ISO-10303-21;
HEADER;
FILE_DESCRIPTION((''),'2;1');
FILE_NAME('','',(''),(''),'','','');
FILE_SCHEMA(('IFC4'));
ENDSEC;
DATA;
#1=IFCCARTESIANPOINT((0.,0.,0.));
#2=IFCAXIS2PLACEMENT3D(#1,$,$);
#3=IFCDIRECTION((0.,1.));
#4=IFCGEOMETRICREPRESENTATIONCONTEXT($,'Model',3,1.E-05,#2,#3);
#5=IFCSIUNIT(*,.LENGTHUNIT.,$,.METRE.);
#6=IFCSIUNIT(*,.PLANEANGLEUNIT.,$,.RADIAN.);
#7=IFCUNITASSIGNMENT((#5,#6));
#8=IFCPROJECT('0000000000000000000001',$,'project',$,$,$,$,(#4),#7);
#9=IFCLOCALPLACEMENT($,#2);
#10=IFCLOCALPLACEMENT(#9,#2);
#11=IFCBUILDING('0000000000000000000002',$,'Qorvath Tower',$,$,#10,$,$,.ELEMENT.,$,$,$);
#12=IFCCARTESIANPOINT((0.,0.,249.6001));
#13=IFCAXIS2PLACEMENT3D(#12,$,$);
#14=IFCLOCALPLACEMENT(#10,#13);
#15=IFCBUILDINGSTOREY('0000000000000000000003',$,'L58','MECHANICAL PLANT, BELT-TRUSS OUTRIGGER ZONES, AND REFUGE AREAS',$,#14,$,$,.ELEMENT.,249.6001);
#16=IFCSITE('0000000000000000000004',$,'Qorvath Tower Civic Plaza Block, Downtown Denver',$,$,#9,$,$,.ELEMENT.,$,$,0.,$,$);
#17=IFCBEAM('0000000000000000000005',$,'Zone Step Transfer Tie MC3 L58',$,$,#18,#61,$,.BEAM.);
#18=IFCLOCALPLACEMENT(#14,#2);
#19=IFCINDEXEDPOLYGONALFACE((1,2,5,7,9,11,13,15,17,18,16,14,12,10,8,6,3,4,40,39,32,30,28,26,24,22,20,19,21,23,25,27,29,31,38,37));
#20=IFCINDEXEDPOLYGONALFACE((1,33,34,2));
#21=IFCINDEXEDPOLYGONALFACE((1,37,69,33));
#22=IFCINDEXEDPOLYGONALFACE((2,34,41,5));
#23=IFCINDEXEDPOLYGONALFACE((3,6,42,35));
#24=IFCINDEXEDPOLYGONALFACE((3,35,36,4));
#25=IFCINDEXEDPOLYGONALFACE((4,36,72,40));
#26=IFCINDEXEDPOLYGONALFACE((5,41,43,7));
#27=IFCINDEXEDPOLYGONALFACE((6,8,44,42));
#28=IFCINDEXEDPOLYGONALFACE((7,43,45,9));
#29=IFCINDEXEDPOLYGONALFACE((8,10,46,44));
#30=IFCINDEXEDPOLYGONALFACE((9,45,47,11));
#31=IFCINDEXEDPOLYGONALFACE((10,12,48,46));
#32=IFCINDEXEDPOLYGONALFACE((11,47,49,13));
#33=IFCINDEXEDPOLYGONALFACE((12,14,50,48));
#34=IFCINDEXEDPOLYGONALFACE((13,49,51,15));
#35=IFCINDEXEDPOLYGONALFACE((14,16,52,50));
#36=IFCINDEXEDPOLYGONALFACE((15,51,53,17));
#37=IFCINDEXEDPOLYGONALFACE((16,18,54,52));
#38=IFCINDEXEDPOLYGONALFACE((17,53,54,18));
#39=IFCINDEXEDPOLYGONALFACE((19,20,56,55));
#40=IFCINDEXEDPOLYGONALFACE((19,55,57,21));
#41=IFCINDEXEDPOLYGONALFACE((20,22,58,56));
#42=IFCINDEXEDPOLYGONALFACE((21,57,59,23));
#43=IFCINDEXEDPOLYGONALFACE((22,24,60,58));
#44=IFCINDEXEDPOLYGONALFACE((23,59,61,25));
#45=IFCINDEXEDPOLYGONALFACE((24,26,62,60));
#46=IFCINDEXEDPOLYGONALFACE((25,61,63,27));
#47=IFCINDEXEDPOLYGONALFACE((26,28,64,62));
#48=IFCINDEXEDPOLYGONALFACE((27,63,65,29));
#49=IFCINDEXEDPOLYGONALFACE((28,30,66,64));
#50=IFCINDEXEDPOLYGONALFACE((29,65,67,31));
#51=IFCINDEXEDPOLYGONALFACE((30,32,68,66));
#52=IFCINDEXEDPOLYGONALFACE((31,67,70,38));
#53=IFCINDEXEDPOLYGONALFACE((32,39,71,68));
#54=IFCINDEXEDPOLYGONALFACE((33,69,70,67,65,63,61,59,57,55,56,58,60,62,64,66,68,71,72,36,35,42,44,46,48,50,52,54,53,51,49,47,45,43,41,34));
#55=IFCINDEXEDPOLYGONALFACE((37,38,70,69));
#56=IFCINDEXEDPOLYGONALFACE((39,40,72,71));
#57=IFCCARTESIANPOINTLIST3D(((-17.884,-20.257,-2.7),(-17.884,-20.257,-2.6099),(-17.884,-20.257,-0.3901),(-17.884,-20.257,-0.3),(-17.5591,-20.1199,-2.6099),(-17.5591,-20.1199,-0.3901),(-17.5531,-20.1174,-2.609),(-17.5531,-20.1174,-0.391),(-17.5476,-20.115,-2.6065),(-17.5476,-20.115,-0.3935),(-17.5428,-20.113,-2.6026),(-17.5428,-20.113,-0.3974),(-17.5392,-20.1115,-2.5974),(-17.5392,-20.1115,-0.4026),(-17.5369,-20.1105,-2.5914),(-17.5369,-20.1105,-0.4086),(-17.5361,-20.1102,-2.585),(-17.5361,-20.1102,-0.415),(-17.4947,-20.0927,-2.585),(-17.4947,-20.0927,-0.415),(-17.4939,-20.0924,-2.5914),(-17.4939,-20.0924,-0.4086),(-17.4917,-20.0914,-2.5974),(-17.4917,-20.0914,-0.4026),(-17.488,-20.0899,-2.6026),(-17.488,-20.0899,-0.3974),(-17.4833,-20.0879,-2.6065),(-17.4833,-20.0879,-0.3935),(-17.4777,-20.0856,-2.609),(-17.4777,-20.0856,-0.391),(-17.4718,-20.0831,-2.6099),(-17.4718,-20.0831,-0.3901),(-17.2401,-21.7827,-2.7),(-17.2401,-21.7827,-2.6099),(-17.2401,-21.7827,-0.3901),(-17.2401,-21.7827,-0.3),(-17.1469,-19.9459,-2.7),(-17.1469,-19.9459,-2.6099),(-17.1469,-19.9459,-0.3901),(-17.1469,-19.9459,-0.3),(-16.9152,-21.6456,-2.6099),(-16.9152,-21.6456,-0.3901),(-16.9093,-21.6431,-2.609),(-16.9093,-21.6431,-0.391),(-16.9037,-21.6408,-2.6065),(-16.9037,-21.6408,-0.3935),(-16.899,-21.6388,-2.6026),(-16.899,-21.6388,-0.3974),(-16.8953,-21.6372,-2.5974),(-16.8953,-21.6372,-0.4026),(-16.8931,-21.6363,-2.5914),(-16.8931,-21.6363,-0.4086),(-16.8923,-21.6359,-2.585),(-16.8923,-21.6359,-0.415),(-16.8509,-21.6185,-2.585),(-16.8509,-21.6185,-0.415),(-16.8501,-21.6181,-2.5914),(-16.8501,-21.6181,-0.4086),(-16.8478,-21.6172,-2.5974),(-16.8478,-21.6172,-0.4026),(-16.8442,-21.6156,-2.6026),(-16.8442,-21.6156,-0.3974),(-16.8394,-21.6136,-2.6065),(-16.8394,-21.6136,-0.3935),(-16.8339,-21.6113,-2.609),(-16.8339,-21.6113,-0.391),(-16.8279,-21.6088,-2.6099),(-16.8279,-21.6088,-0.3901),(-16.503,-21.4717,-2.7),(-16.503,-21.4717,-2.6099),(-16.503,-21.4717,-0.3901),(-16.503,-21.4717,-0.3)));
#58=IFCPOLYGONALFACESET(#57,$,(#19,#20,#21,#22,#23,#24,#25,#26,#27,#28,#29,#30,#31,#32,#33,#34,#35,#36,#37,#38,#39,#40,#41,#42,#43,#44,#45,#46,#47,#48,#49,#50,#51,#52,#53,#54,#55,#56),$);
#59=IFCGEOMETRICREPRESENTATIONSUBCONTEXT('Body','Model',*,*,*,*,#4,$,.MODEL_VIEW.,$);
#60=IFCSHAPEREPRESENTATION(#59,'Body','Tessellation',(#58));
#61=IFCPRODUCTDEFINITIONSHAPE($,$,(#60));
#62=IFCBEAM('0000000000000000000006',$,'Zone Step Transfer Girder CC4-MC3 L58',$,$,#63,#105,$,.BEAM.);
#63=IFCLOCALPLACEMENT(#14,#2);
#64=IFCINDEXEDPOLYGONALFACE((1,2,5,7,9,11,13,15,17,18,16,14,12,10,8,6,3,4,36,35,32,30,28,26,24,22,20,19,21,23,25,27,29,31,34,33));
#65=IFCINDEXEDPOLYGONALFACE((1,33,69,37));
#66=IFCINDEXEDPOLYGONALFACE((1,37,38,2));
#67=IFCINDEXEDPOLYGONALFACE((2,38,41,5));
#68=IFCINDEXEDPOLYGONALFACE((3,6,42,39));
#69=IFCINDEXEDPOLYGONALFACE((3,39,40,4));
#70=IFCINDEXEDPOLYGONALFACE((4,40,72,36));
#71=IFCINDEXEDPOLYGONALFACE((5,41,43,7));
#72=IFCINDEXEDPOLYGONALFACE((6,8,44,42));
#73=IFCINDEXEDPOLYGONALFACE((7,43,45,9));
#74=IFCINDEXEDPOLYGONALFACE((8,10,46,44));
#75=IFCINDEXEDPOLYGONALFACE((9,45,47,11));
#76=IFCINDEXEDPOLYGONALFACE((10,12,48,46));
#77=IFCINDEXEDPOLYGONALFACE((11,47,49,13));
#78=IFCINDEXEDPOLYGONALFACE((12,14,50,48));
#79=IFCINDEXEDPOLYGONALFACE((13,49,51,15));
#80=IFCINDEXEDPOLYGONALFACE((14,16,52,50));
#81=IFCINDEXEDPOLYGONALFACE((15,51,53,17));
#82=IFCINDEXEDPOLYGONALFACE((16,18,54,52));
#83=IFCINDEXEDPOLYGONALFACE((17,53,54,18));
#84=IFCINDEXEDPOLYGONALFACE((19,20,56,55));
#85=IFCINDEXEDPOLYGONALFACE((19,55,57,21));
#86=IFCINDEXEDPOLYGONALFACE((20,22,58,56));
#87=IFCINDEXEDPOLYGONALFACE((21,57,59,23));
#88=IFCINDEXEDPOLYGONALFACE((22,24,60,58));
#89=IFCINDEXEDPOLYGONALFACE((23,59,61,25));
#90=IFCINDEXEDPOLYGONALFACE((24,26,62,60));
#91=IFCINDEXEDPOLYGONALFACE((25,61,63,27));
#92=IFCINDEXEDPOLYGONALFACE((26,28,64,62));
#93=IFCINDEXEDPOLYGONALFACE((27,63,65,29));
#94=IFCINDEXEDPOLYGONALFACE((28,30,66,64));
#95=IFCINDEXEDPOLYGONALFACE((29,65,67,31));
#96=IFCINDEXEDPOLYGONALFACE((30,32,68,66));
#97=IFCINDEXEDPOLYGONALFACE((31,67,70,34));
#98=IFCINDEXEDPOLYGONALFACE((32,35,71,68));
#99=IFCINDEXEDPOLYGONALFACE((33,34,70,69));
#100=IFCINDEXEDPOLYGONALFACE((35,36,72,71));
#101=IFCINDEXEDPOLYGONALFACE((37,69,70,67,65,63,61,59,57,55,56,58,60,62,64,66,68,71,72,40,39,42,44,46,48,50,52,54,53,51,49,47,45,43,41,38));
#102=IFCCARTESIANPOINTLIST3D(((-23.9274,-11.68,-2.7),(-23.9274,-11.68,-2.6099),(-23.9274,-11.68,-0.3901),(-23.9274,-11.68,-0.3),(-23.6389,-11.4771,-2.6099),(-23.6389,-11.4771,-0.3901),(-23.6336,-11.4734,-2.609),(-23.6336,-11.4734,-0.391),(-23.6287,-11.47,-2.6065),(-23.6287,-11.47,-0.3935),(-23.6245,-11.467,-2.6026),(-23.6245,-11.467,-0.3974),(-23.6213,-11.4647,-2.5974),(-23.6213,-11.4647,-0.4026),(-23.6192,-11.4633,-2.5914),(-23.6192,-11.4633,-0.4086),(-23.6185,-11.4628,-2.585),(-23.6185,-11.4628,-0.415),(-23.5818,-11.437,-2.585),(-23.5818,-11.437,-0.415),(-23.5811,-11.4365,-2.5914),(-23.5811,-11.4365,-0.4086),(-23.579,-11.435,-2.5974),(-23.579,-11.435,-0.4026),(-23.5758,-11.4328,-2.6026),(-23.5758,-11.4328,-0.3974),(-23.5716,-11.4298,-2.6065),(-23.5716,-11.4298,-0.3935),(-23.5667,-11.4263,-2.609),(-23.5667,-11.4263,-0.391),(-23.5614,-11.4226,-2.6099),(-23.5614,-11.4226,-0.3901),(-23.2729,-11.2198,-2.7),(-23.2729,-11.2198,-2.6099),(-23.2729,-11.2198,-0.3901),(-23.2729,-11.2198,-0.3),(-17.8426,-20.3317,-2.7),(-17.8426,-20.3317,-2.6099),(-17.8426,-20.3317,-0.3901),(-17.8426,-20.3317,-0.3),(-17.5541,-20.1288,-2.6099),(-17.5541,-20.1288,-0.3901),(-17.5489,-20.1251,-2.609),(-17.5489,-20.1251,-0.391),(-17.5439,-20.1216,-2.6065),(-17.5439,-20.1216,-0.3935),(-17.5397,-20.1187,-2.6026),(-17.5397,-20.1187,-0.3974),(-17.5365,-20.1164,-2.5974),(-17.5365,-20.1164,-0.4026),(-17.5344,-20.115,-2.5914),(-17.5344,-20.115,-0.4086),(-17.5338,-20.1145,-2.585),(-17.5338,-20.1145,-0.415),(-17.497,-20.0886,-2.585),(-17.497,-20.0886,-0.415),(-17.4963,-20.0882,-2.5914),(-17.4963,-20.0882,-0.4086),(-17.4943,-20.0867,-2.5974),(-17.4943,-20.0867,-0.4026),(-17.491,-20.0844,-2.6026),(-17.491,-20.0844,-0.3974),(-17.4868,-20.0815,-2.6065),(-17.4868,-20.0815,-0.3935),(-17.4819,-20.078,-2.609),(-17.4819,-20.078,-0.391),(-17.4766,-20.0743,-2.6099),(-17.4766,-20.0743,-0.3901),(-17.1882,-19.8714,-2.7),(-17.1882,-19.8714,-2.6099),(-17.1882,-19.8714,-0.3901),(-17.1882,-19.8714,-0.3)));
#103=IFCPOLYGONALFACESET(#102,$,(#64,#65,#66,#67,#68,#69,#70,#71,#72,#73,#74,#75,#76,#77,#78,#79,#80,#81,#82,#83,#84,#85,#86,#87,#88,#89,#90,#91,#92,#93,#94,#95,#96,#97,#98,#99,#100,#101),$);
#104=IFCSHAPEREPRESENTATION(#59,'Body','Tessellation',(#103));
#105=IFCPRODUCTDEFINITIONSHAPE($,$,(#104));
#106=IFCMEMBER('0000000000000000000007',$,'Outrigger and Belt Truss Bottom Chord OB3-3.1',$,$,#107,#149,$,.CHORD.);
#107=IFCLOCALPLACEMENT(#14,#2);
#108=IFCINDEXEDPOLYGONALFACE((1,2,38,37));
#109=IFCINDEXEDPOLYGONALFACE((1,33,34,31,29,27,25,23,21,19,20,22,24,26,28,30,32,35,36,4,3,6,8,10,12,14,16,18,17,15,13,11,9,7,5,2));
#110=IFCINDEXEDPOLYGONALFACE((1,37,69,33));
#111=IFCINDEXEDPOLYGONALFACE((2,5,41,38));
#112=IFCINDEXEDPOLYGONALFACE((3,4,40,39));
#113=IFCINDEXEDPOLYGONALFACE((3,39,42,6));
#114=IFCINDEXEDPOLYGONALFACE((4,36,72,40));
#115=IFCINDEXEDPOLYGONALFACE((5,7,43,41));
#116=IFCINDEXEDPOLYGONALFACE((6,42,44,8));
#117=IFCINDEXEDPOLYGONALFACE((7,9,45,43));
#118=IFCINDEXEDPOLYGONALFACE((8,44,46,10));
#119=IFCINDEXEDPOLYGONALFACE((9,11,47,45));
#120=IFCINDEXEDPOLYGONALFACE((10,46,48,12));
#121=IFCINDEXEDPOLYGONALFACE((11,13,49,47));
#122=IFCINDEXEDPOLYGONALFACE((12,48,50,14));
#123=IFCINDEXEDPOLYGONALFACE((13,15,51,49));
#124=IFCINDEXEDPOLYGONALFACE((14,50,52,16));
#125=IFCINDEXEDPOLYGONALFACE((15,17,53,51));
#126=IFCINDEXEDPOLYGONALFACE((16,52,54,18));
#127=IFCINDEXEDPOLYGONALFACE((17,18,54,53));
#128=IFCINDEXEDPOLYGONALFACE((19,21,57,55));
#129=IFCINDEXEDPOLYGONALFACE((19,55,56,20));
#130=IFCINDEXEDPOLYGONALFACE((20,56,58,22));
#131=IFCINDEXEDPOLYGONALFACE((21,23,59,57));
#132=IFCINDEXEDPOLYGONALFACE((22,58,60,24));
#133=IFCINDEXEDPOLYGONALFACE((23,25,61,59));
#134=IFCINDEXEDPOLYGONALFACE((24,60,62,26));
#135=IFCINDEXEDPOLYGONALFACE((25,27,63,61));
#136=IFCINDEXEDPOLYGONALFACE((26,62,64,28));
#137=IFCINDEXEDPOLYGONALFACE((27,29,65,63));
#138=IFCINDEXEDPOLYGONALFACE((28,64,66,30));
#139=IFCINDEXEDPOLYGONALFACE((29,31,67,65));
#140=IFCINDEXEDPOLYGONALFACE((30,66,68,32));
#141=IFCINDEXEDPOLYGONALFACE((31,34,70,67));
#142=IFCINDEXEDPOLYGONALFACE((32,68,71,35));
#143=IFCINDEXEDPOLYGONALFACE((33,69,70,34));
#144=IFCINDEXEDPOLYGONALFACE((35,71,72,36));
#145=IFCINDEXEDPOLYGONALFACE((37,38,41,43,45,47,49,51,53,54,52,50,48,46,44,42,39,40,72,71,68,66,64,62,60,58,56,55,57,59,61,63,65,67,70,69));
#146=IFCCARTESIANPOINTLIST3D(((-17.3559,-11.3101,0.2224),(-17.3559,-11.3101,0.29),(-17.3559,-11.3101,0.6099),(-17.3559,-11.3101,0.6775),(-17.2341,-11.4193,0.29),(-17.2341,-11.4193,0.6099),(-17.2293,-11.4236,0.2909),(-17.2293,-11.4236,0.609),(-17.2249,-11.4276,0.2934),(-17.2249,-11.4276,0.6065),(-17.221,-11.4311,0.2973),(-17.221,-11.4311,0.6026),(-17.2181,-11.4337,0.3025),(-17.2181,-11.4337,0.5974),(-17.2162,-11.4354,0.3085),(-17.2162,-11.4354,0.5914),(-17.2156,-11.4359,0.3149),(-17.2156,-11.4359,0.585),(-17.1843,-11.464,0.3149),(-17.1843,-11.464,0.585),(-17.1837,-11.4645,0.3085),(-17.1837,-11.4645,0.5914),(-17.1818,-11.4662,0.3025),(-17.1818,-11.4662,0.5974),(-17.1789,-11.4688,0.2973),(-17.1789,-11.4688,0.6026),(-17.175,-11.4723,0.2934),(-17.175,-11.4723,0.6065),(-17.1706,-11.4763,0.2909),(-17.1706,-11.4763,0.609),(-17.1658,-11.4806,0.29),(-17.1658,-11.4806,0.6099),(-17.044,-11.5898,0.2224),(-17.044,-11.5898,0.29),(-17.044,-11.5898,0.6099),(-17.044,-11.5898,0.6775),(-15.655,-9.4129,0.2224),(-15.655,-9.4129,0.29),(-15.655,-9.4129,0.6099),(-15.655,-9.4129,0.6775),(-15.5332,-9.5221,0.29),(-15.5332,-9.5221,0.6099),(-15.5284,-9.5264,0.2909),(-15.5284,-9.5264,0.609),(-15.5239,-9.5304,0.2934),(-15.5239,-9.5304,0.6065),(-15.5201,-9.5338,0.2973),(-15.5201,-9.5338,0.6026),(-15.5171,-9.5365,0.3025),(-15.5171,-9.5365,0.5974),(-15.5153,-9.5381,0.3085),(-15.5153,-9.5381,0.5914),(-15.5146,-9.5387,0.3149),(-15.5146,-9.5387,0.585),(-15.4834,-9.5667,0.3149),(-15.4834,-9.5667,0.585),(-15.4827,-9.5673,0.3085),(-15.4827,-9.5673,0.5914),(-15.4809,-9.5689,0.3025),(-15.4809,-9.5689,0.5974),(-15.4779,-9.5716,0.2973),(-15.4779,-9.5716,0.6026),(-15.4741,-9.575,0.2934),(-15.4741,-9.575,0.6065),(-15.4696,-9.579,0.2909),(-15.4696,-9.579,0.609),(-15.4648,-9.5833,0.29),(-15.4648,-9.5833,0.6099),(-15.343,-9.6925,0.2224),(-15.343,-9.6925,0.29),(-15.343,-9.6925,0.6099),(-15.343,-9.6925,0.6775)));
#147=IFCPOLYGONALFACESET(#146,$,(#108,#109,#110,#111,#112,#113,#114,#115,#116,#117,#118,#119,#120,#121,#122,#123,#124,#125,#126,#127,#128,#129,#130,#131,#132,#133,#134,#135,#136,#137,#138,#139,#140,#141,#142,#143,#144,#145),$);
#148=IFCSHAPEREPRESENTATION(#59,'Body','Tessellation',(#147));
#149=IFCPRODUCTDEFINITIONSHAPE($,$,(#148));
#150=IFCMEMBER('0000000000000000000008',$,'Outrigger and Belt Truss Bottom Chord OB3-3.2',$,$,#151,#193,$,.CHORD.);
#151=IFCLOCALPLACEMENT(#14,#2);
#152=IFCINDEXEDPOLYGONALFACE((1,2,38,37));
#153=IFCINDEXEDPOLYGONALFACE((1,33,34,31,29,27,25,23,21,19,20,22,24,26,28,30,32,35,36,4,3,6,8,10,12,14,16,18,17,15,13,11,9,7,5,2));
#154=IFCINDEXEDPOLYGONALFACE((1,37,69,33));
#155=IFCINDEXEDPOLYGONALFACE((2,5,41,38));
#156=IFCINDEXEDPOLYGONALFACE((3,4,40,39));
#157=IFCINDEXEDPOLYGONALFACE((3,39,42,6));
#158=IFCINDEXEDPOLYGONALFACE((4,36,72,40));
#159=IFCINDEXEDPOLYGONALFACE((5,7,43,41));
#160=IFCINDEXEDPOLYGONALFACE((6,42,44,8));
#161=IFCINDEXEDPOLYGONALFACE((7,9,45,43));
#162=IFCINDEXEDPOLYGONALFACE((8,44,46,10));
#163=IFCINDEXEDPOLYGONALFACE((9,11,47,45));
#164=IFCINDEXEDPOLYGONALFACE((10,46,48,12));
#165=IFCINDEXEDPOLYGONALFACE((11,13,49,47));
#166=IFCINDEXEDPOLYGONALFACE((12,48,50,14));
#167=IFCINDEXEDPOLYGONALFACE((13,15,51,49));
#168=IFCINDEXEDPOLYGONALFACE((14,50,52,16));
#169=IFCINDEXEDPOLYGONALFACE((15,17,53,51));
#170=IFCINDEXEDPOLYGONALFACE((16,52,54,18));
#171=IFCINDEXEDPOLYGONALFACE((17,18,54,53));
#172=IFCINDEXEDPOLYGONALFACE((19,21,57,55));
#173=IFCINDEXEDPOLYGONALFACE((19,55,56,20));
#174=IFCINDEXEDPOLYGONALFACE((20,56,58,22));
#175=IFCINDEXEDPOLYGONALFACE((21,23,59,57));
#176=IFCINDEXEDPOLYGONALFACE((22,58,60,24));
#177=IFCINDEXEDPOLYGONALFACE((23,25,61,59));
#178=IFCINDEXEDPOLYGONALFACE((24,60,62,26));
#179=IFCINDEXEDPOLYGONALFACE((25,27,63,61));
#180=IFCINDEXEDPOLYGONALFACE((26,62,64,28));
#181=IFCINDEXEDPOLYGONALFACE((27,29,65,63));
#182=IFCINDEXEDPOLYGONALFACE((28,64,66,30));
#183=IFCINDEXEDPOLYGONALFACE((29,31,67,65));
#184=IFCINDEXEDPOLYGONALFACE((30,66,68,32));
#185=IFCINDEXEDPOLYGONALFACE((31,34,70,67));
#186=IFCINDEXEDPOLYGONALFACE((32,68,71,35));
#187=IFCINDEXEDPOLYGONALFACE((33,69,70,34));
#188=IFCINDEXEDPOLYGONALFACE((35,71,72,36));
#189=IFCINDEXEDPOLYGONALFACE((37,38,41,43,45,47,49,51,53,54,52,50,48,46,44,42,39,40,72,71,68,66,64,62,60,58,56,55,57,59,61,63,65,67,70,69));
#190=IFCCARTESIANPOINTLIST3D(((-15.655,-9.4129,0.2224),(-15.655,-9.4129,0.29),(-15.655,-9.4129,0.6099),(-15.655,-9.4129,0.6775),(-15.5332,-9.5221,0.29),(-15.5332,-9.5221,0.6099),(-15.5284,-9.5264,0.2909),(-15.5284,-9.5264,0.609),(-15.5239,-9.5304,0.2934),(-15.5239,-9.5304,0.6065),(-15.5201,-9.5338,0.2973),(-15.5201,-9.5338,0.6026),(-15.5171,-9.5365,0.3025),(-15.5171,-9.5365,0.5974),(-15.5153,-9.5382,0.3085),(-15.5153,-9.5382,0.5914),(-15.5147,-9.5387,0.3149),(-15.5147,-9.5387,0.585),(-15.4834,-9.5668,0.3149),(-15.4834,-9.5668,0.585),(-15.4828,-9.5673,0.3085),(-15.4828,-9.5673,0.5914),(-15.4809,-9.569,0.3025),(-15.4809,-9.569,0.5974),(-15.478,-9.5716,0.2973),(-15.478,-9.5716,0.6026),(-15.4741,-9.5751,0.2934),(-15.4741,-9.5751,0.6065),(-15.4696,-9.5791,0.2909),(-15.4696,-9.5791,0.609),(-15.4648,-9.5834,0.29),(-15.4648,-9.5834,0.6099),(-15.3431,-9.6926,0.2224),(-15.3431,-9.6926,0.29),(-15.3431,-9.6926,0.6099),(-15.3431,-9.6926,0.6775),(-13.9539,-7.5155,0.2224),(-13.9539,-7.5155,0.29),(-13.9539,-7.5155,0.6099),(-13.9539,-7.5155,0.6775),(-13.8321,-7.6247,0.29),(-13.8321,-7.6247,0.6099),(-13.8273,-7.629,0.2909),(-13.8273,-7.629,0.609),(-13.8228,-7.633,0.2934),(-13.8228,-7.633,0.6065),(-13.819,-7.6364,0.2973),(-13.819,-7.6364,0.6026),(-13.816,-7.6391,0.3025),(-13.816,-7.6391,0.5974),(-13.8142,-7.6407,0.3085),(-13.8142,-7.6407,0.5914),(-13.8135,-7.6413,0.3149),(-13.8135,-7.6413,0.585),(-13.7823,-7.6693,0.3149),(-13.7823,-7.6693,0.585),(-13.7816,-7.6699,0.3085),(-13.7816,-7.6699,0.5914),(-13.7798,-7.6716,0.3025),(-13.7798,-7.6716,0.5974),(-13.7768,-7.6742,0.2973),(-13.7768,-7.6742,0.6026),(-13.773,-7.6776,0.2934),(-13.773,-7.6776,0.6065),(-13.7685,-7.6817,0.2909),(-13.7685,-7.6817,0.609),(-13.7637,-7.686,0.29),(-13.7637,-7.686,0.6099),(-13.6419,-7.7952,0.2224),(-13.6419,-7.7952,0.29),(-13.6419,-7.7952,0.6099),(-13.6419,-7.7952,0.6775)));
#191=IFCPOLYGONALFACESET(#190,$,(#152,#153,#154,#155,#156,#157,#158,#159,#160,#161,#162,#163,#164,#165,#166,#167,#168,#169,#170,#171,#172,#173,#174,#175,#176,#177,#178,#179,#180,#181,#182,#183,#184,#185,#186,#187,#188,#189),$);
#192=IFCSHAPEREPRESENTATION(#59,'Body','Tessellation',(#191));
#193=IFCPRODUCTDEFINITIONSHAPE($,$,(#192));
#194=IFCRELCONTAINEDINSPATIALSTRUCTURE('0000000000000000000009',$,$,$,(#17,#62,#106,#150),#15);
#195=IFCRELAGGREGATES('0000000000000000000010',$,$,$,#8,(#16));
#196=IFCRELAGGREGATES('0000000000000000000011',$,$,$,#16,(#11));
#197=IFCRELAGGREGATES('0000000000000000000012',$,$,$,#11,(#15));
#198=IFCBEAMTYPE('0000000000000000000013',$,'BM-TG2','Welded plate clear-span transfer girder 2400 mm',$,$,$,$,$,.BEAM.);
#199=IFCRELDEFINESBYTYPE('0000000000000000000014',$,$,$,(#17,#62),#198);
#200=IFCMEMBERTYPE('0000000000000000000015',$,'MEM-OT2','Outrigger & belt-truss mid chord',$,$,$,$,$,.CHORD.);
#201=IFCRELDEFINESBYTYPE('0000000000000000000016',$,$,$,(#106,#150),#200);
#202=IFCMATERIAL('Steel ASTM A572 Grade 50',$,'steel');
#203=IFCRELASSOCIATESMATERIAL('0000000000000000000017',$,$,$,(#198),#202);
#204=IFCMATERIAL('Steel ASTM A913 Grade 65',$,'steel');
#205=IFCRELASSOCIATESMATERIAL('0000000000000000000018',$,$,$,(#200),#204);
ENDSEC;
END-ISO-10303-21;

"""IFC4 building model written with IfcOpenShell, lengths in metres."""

from ifc_helpers import new_model, si_unit, direction, frame, origin, origin_2d, place, context, subcontext, project, spatial, i_section, extrude, material, material_profile, profile_set, type_object, element, save


model = new_model("IFC4")

# Units and contexts
model_context = context("Model", 3, precision=1e-05, world=origin(), true_north=direction((0.0, 1.0)))
body_context = subcontext(model_context, "Body", "Model", "MODEL_VIEW")
ifc_project = project(units=[si_unit("LENGTHUNIT", "METRE"), si_unit("PLANEANGLEUNIT", "RADIAN")], contexts=[model_context])

# Site, building, storey
site_placement = place(None, origin())
site = spatial("IfcSite", under=ifc_project, at=site_placement, Name="Qorvath Tower Civic Plaza Block, Downtown Denver", CompositionType="ELEMENT", RefElevation=0.0)
building_placement = place(site_placement, origin())
building = spatial("IfcBuilding", under=site, at=building_placement, Name="Qorvath Tower", CompositionType="ELEMENT")
storey_placement = place(building_placement, frame((0.0, 0.0, 249.6001)))
storey = spatial("IfcBuildingStorey", under=building, at=storey_placement, Name="L58", Description="MECHANICAL PLANT, BELT-TRUSS OUTRIGGER ZONES, AND REFUGE AREAS", CompositionType="ELEMENT", Elevation=249.6001)

# Beams
ifc_material_1 = material(Name="Steel ASTM A572 Grade 50", Category="steel")
ifc_material_profile_1 = material_profile(ifc_material_1, i_section(OverallWidth=0.8, OverallDepth=2.3999, WebThickness=0.0449, FlangeThickness=0.0901, FilletRadius=0.0249, at=origin_2d()), Name="WTG 2400x800")
ifc_profile_set_1 = profile_set([ifc_material_profile_1], Name="Steel ASTM A572 Grade 50")
beam_type_1 = type_object("IfcBeamType", Name="BM-TG2", Description="Welded plate clear-span transfer girder 2400 mm", PredefinedType="BEAM", material=ifc_profile_set_1)
beam_1_placement = place(storey_placement, frame((-16.8716, -21.6272, -1.5), z_axis=(-0.388789, 0.921327, 0.0), x_axis=(-0.921327, -0.388789, 0.0)))
element("IfcBeam", 1, at=beam_1_placement, inside=storey, type_object=beam_type_1, Name="Zone Step Transfer Tie MC3 L58", PredefinedType="BEAM", context=body_context, shape_type="SweptSolid", body=[
    extrude(i_section(OverallWidth=0.8, OverallDepth=2.3999, WebThickness=0.0449, FlangeThickness=0.0901, FilletRadius=0.0249, at=origin_2d()), origin(), (0.0, 0.0, 1.0), 1.656),
])
beam_2_placement = place(storey_placement, frame((-17.5154, -20.1016, -1.5), z_axis=(-0.575275, 0.81796, 0.0), x_axis=(-0.81796, -0.575275, 0.0)))
element("IfcBeam", 2, at=beam_2_placement, inside=storey, type_object=beam_type_1, Name="Zone Step Transfer Girder CC4-MC3 L58", PredefinedType="BEAM", context=body_context, shape_type="SweptSolid", body=[
    extrude(i_section(OverallWidth=0.8, OverallDepth=2.3999, WebThickness=0.0449, FlangeThickness=0.0901, FilletRadius=0.0249, at=origin_2d()), origin(), (0.0, 0.0, 1.0), 10.5771),
])

# Members
ifc_material_2 = material(Name="Steel ASTM A913 Grade 65", Category="steel")
ifc_material_profile_2 = material_profile(ifc_material_2, i_section(OverallWidth=0.4189, OverallDepth=0.4551, WebThickness=0.042, FlangeThickness=0.0676, FilletRadius=0.0249, at=origin_2d()), Name="W14x370")
ifc_profile_set_2 = profile_set([ifc_material_profile_2], Name="Steel ASTM A913 Grade 65")
member_type_1 = type_object("IfcMemberType", Name="MEM-OT2", Description="Outrigger & belt-truss mid chord", PredefinedType="CHORD", material=ifc_profile_set_2)
member_1_placement = place(storey_placement, frame((-17.2, -11.45, 0.45), z_axis=(0.66754, 0.744574, 0.0), x_axis=(-0.744574, 0.66754, 0.0)))
element("IfcMember", 3, at=member_1_placement, inside=storey, type_object=member_type_1, Name="Outrigger and Belt Truss Bottom Chord OB3-3.1", PredefinedType="CHORD", context=body_context, shape_type="SweptSolid", body=[
    extrude(i_section(OverallWidth=0.4189, OverallDepth=0.4551, WebThickness=0.042, FlangeThickness=0.0676, FilletRadius=0.0249, at=origin_2d()), origin(), (0.0, 0.0, 1.0), 2.5481),
])
member_2_placement = place(storey_placement, frame((-15.499, -9.5527, 0.45), z_axis=(0.667545, 0.744569, 0.0), x_axis=(-0.744569, 0.667545, 0.0)))
element("IfcMember", 4, at=member_2_placement, inside=storey, type_object=member_type_1, Name="Outrigger and Belt Truss Bottom Chord OB3-3.2", PredefinedType="CHORD", context=body_context, shape_type="SweptSolid", body=[
    extrude(i_section(OverallWidth=0.4189, OverallDepth=0.4551, WebThickness=0.042, FlangeThickness=0.0676, FilletRadius=0.0249, at=origin_2d()), origin(), (0.0, 0.0, 1.0), 2.5483),
])

save(model, "model.ifc")
